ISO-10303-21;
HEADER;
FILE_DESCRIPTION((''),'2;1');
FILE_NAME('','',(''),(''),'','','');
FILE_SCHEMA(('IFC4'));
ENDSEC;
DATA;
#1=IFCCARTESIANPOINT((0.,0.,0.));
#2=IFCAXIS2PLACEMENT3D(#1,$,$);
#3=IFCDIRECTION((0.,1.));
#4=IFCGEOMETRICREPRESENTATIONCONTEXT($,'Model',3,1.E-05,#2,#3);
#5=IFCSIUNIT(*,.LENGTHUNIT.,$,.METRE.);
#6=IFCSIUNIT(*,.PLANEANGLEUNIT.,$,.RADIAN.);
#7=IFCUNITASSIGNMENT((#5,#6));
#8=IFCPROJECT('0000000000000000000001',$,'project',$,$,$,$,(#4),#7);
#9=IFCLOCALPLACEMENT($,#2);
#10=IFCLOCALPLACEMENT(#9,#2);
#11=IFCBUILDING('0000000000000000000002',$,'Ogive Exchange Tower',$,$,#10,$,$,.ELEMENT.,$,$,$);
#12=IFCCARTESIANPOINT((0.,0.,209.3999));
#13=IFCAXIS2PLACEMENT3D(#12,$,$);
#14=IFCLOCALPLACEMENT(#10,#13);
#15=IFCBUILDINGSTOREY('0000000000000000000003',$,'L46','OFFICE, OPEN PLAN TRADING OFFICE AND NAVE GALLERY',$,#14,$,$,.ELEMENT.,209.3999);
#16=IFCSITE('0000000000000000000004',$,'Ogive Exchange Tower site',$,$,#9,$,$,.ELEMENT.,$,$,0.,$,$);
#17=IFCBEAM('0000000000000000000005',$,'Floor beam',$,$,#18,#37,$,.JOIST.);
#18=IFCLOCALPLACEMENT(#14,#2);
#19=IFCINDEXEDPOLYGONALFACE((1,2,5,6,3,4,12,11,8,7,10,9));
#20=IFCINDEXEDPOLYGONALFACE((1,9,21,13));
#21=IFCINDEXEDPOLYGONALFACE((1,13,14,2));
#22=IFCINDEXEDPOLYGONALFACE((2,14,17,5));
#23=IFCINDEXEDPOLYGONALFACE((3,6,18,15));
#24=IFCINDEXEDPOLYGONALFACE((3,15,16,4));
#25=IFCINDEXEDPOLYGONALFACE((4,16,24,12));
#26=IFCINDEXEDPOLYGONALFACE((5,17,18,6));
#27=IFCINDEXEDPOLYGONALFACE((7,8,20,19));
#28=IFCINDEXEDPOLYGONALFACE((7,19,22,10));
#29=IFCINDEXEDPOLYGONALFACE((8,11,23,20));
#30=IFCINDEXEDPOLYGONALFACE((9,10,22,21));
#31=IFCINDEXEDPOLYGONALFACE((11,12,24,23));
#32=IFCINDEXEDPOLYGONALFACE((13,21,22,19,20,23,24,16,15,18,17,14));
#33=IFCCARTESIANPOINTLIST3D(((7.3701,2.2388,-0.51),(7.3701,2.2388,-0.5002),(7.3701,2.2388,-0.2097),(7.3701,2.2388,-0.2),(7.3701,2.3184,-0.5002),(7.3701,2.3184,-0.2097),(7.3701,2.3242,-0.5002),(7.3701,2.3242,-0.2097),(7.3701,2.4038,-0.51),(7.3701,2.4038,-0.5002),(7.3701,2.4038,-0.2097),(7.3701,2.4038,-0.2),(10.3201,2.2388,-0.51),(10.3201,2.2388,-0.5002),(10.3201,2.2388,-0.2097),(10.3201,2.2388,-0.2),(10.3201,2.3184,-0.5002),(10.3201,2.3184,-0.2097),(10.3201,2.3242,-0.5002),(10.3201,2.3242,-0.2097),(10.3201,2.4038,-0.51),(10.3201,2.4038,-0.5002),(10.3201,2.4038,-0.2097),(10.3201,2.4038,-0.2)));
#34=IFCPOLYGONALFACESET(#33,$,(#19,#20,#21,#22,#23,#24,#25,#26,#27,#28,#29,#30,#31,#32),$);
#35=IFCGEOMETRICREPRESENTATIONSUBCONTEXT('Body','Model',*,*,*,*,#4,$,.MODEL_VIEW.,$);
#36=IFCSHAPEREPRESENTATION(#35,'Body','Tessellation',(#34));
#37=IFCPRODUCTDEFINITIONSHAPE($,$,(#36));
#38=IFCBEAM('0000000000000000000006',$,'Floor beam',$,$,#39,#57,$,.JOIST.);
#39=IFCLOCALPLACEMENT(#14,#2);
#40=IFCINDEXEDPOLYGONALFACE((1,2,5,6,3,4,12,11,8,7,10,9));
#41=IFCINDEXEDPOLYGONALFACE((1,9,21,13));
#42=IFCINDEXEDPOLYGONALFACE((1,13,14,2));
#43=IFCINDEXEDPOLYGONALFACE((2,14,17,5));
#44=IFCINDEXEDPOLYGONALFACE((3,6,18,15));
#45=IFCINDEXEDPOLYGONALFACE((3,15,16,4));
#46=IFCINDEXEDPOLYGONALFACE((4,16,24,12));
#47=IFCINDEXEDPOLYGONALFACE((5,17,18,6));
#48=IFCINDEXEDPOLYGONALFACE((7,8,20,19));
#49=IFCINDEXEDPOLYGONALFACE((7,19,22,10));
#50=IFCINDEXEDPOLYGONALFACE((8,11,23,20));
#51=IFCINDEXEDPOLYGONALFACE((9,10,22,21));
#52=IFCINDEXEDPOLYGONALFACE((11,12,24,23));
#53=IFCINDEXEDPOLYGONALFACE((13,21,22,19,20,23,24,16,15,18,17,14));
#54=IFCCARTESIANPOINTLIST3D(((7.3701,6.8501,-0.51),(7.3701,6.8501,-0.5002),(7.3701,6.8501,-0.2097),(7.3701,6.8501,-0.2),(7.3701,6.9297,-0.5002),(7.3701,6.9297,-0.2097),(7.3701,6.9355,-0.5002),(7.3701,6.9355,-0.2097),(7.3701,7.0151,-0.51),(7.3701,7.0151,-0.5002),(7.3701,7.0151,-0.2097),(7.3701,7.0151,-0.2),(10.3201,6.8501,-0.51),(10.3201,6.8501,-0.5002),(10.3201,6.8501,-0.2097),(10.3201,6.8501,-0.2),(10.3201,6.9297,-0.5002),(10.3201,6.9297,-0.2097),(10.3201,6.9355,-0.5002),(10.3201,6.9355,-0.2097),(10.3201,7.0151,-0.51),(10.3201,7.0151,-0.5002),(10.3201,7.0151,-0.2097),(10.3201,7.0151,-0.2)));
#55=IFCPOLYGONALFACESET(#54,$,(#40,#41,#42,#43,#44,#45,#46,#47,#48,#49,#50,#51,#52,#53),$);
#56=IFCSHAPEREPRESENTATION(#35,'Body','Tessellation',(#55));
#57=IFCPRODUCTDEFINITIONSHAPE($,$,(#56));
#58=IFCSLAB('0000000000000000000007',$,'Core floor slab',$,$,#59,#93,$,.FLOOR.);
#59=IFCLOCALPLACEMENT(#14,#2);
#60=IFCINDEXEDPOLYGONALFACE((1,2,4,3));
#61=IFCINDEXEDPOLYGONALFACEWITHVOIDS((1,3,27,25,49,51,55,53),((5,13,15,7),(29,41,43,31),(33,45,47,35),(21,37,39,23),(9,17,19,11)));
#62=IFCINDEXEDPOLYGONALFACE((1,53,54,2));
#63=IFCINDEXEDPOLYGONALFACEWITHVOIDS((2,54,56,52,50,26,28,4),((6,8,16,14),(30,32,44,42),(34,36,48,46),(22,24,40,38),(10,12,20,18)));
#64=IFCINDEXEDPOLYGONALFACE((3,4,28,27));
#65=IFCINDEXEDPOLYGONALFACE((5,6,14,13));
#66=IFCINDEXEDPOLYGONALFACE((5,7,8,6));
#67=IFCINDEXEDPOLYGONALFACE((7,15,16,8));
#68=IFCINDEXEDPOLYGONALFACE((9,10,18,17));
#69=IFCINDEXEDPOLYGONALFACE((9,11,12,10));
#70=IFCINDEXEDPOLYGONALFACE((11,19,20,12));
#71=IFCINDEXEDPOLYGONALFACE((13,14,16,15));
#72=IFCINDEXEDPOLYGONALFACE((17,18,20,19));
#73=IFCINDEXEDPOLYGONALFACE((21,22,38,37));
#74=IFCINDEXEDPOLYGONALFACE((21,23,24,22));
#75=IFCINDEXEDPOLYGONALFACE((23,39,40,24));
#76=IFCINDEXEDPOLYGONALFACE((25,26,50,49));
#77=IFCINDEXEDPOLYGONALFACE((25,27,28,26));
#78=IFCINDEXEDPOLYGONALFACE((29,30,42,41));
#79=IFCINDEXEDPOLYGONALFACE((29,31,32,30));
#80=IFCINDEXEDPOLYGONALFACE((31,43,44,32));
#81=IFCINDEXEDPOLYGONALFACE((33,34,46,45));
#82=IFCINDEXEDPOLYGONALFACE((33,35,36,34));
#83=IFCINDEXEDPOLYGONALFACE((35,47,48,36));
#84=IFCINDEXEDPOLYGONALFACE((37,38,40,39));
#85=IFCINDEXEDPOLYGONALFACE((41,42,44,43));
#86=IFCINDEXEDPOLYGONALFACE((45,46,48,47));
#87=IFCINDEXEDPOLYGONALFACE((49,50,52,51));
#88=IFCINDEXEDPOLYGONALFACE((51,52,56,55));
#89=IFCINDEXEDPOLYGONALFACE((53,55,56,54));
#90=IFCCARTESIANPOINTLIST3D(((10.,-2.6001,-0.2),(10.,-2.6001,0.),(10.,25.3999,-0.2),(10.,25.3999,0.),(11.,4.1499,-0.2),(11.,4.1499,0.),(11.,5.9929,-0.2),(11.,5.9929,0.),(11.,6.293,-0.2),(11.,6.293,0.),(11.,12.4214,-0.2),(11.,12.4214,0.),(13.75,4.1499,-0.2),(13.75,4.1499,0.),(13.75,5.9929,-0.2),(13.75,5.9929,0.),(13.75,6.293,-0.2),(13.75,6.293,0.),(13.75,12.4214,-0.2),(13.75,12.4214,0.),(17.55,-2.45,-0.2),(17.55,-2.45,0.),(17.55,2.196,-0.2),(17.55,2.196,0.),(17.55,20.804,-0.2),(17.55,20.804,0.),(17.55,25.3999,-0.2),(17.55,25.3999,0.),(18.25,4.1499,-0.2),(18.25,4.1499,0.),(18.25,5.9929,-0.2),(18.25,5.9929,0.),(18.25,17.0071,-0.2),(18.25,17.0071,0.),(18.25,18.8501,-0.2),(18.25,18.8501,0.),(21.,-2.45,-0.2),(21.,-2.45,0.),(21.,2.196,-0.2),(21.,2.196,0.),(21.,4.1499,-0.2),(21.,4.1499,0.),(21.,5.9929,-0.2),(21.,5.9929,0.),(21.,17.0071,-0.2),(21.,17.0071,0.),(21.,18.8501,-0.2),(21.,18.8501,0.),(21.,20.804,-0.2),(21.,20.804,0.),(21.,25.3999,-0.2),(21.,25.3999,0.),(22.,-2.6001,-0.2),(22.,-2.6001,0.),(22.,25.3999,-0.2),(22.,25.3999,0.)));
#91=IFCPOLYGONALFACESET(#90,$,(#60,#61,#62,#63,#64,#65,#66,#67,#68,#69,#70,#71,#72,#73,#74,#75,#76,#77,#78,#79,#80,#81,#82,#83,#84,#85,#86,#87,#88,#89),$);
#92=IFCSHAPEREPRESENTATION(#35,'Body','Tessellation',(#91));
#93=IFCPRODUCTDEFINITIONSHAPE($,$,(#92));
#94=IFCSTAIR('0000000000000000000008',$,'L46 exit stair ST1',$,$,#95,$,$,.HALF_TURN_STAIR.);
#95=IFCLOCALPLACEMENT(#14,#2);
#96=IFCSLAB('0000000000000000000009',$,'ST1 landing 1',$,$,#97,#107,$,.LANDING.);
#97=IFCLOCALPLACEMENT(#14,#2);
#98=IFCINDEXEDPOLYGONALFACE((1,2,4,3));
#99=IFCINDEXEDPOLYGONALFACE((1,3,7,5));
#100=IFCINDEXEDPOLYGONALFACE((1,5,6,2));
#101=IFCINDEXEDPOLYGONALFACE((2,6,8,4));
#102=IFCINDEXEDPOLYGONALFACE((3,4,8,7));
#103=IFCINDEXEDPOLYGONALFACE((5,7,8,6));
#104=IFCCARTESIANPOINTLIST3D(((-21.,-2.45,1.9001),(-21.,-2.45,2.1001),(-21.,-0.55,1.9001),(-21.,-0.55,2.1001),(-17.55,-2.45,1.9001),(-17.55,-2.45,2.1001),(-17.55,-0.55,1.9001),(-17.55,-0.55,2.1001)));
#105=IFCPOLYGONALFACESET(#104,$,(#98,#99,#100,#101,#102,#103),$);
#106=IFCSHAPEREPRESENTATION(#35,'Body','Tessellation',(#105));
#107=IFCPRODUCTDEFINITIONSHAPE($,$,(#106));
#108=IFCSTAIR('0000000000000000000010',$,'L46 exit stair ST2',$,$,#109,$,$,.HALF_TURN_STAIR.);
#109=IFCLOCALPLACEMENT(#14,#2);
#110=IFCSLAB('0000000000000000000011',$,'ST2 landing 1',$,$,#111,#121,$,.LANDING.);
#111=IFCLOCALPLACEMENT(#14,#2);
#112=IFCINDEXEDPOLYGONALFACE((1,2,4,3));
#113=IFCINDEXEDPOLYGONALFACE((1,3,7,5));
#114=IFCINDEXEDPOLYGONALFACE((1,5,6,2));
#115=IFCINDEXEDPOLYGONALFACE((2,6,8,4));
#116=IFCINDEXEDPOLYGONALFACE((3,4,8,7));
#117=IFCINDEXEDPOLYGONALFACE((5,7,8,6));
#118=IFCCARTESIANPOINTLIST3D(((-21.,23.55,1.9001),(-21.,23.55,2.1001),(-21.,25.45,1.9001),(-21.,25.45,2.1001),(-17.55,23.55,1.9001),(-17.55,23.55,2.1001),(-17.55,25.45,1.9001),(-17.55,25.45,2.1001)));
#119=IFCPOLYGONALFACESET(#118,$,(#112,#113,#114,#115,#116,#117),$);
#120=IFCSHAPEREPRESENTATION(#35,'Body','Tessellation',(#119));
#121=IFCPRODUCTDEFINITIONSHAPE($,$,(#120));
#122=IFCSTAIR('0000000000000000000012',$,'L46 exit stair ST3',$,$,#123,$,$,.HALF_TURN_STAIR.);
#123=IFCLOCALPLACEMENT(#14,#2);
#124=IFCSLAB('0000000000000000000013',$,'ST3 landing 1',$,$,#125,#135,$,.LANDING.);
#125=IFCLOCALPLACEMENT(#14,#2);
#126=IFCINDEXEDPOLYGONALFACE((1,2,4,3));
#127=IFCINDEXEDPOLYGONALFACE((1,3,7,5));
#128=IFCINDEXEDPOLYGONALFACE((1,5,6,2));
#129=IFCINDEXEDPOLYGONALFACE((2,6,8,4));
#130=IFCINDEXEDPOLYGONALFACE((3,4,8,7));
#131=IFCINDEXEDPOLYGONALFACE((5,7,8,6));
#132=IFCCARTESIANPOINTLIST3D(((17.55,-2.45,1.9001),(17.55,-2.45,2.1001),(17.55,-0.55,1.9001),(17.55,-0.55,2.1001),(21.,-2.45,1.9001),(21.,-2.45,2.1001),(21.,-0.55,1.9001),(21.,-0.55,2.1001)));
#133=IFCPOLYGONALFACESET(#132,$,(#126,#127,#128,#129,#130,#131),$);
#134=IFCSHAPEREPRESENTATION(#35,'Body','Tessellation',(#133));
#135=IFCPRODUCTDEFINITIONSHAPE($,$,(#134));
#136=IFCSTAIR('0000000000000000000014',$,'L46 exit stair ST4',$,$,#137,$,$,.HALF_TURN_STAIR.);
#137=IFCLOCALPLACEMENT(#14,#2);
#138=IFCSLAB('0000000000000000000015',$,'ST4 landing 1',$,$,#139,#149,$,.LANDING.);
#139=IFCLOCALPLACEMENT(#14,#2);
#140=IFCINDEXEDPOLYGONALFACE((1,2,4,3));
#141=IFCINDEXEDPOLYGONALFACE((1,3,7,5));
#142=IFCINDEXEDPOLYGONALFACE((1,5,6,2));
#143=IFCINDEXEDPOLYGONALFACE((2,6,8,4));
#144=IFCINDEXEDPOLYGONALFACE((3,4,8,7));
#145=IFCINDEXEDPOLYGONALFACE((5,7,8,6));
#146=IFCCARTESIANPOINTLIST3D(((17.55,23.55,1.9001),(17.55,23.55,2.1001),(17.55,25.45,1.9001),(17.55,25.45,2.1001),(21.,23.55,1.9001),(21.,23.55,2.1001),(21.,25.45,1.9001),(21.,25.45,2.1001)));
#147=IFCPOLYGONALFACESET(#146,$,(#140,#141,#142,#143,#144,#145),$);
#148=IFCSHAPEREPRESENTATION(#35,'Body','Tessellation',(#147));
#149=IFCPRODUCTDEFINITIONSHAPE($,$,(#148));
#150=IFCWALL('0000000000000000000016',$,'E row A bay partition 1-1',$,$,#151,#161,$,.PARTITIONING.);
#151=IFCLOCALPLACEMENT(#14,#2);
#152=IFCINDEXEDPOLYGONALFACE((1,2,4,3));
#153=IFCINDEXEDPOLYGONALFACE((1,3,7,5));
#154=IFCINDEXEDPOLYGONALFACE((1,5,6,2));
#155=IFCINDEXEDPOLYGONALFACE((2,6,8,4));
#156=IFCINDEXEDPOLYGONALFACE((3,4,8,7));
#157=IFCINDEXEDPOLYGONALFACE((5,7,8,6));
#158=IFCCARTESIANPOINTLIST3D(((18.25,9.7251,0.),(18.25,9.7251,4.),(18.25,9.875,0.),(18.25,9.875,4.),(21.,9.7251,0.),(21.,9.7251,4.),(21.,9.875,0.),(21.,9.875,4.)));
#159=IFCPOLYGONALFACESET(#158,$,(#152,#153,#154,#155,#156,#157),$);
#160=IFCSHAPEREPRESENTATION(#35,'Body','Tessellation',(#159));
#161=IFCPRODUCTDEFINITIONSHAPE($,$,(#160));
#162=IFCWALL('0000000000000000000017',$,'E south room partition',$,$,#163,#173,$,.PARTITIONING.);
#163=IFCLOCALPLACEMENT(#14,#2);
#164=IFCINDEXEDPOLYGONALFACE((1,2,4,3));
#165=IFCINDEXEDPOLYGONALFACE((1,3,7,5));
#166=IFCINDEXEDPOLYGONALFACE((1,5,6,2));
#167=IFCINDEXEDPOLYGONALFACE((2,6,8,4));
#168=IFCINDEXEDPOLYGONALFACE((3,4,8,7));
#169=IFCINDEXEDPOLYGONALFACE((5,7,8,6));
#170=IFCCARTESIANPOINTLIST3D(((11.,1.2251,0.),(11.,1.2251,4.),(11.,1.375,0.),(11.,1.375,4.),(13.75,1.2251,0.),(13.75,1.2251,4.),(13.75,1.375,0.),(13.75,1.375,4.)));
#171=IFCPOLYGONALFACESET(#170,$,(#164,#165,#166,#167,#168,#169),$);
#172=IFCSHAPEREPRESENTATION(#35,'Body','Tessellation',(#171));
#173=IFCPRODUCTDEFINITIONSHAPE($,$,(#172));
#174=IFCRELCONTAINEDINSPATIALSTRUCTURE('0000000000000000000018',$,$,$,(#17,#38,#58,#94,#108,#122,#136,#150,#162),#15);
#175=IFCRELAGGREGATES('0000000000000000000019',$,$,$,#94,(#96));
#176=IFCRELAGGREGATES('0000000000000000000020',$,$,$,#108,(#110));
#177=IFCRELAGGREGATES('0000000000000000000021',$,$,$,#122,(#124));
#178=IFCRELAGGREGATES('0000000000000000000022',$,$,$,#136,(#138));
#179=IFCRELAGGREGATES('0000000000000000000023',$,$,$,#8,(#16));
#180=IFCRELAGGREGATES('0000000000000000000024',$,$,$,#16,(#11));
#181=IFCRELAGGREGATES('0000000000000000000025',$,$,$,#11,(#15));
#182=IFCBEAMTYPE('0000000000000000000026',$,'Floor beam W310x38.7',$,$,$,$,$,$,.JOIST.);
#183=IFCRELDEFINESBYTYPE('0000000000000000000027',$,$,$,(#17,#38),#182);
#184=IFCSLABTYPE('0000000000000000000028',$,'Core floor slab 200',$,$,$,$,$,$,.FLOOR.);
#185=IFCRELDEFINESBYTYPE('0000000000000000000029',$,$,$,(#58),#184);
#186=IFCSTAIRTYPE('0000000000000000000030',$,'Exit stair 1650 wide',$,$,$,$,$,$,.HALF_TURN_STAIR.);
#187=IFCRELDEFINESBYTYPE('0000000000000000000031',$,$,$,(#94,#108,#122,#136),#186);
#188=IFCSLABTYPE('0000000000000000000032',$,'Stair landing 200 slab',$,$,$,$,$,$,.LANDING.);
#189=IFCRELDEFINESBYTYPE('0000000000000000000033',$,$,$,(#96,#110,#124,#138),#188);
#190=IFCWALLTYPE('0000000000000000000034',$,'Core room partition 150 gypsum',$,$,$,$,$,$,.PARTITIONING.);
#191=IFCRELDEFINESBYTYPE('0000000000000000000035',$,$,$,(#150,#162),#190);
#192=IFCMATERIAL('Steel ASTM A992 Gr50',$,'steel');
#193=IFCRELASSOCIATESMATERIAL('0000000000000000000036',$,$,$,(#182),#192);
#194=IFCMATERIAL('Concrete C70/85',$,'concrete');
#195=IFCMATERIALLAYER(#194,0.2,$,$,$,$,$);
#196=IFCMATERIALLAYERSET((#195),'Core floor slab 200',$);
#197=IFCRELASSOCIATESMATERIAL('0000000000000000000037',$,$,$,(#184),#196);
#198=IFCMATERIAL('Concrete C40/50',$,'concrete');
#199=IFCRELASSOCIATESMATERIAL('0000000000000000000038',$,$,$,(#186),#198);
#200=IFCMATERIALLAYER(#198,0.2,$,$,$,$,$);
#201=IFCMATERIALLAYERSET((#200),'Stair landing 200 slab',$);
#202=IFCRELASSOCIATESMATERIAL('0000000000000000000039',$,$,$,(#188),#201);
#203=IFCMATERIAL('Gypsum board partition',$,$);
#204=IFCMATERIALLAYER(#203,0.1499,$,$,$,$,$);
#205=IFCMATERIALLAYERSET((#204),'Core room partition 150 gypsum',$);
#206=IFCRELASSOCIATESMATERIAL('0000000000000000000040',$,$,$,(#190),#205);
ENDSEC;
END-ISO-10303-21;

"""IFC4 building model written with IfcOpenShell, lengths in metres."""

from ifc_helpers import new_model, si_unit, direction, frame, frame_2d, origin, origin_2d, place, context, subcontext, project, spatial, polyline, rectangle, i_section, outline, extrude, material, layer, layer_set, material_profile, profile_set, type_object, element, aggregate, save


model = new_model("IFC4")

# Units and contexts
model_context = context("Model", 3, precision=1e-05, world=origin(), true_north=direction((0.0, 1.0)))
body_context = subcontext(model_context, "Body", "Model", "MODEL_VIEW")
ifc_project = project(units=[si_unit("LENGTHUNIT", "METRE"), si_unit("PLANEANGLEUNIT", "RADIAN")], contexts=[model_context])

# Site, building, storey
site_placement = place(None, origin())
site = spatial("IfcSite", under=ifc_project, at=site_placement, Name="Ogive Exchange Tower site", CompositionType="ELEMENT", RefElevation=0.0)
building_placement = place(site_placement, origin())
building = spatial("IfcBuilding", under=site, at=building_placement, Name="Ogive Exchange Tower", CompositionType="ELEMENT")
storey_placement = place(building_placement, frame((0.0, 0.0, 209.3999)))
storey = spatial("IfcBuildingStorey", under=building, at=storey_placement, Name="L46", Description="OFFICE, OPEN PLAN TRADING OFFICE AND NAVE GALLERY", CompositionType="ELEMENT", Elevation=209.3999)

# Beams
ifc_material_1 = material(Name="Steel ASTM A992 Gr50", Category="steel")
ifc_material_profile = material_profile(ifc_material_1, i_section(OverallWidth=0.165, OverallDepth=0.3101, WebThickness=0.0059, FlangeThickness=0.0098, at=origin_2d()), Name="W310x38.7")
ifc_profile_set = profile_set([ifc_material_profile], Name="Steel ASTM A992 Gr50")
beam_type = type_object("IfcBeamType", Name="Floor beam W310x38.7", PredefinedType="JOIST", material=ifc_profile_set)
for number, where, z_axis, x_axis, name in (
    (1, (7.3701, 2.3213, -0.355), (1.0, 0.0, 0.0), (0.0, 1.0, 0.0), "Floor beam"),
    (2, (7.3701, 6.9326, -0.355), (1.0, 0.0, 0.0), (0.0, 1.0, 0.0), "Floor beam"),
):
    element("IfcBeam", number, at=place(storey_placement, frame(where, z_axis=z_axis, x_axis=x_axis)), inside=storey, type_object=beam_type, Name=name, PredefinedType="JOIST", context=body_context, shape_type="SweptSolid", body=[
        extrude(i_section(OverallWidth=0.165, OverallDepth=0.3101, WebThickness=0.0059, FlangeThickness=0.0098, at=origin_2d()), origin(), (0.0, 0.0, 1.0), 2.95),
    ])

# Slab
ifc_material_2 = material(Name="Concrete C70/85", Category="concrete")
ifc_layer_1 = layer(ifc_material_2, 0.2)
ifc_layer_set_1 = layer_set([ifc_layer_1], Name="Core floor slab 200")
slab_type_1 = type_object("IfcSlabType", Name="Core floor slab 200", PredefinedType="FLOOR", material=ifc_layer_set_1)
slab_1_placement = place(storey_placement, frame((0.0, 0.0, -0.2)))
element("IfcSlab", 3, at=slab_1_placement, inside=storey, type_object=slab_type_1, Name="Core floor slab", PredefinedType="FLOOR", context=body_context, shape_type="SweptSolid", body=[
    extrude(outline(polyline([(22.0, 25.3999), (22.0, -2.6001), (10.0, -2.6001), (10.0, 25.3999), (17.55, 25.3999), (17.55, 20.804), (21.0, 20.804), (21.0, 25.3999), (22.0, 25.3999)]), holes=[polyline([(21.0, 2.196), (17.55, 2.196), (17.55, -2.45), (21.0, -2.45), (21.0, 2.196)]), polyline([(13.75, 5.9929), (11.0, 5.9929), (11.0, 4.1499), (13.75, 4.1499), (13.75, 5.9929)]), polyline([(21.0, 5.9929), (18.25, 5.9929), (18.25, 4.1499), (21.0, 4.1499), (21.0, 5.9929)]), polyline([(11.0, 12.4214), (11.0, 6.293), (13.75, 6.293), (13.75, 12.4214), (11.0, 12.4214)]), polyline([(21.0, 18.8501), (18.25, 18.8501), (18.25, 17.0071), (21.0, 17.0071), (21.0, 18.8501)])]), origin(), (0.0, 0.0, 1.0), 0.2),
])

# Stairs, slabs
ifc_material_3 = material(Name="Concrete C40/50", Category="concrete")
stair_type = type_object("IfcStairType", Name="Exit stair 1650 wide", PredefinedType="HALF_TURN_STAIR", material=ifc_material_3)
stair_1_placement = place(storey_placement, origin())
stair_1 = element("IfcStair", 4, at=stair_1_placement, inside=storey, type_object=stair_type, Name="L46 exit stair ST1", PredefinedType="HALF_TURN_STAIR")
ifc_layer_2 = layer(ifc_material_3, 0.2)
ifc_layer_set_2 = layer_set([ifc_layer_2], Name="Stair landing 200 slab")
slab_type_2 = type_object("IfcSlabType", Name="Stair landing 200 slab", PredefinedType="LANDING", material=ifc_layer_set_2)
slab_2_placement = place(storey_placement, frame((0.0, 0.0, 1.9001)))
slab_2 = element("IfcSlab", 5, at=slab_2_placement, type_object=slab_type_2, Name="ST1 landing 1", PredefinedType="LANDING", context=body_context, shape_type="SweptSolid", body=[
    extrude(outline(polyline([(-21.0, -0.55), (-21.0, -2.45), (-17.55, -2.45), (-17.55, -0.55), (-21.0, -0.55)])), origin(), (0.0, 0.0, 1.0), 0.2),
])
aggregate(stair_1, [slab_2])
stair_2_placement = place(storey_placement, origin())
stair_2 = element("IfcStair", 6, at=stair_2_placement, inside=storey, type_object=stair_type, Name="L46 exit stair ST2", PredefinedType="HALF_TURN_STAIR")
slab_3_placement = place(storey_placement, frame((0.0, 0.0, 1.9001)))
slab_3 = element("IfcSlab", 7, at=slab_3_placement, type_object=slab_type_2, Name="ST2 landing 1", PredefinedType="LANDING", context=body_context, shape_type="SweptSolid", body=[
    extrude(outline(polyline([(-17.55, 23.55), (-17.55, 25.45), (-21.0, 25.45), (-21.0, 23.55), (-17.55, 23.55)])), origin(), (0.0, 0.0, 1.0), 0.2),
])
aggregate(stair_2, [slab_3])
stair_3_placement = place(storey_placement, origin())
stair_3 = element("IfcStair", 8, at=stair_3_placement, inside=storey, type_object=stair_type, Name="L46 exit stair ST3", PredefinedType="HALF_TURN_STAIR")
slab_4_placement = place(storey_placement, frame((0.0, 0.0, 1.9001)))
slab_4 = element("IfcSlab", 9, at=slab_4_placement, type_object=slab_type_2, Name="ST3 landing 1", PredefinedType="LANDING", context=body_context, shape_type="SweptSolid", body=[
    extrude(outline(polyline([(17.55, -0.55), (17.55, -2.45), (21.0, -2.45), (21.0, -0.55), (17.55, -0.55)])), origin(), (0.0, 0.0, 1.0), 0.2),
])
aggregate(stair_3, [slab_4])
stair_4_placement = place(storey_placement, origin())
stair_4 = element("IfcStair", 10, at=stair_4_placement, inside=storey, type_object=stair_type, Name="L46 exit stair ST4", PredefinedType="HALF_TURN_STAIR")
slab_5_placement = place(storey_placement, frame((0.0, 0.0, 1.9001)))
slab_5 = element("IfcSlab", 11, at=slab_5_placement, type_object=slab_type_2, Name="ST4 landing 1", PredefinedType="LANDING", context=body_context, shape_type="SweptSolid", body=[
    extrude(outline(polyline([(21.0, 23.55), (21.0, 25.45), (17.55, 25.45), (17.55, 23.55), (21.0, 23.55)])), origin(), (0.0, 0.0, 1.0), 0.2),
])
aggregate(stair_4, [slab_5])

# Walls
ifc_material_4 = material(Name="Gypsum board partition")
ifc_layer_3 = layer(ifc_material_4, 0.1499)
ifc_layer_set_3 = layer_set([ifc_layer_3], Name="Core room partition 150 gypsum")
wall_type_1 = type_object("IfcWallType", Name="Core room partition 150 gypsum", PredefinedType="PARTITIONING", material=ifc_layer_set_3)
for number, where, z_axis, x_axis, name in (
    (12, (18.25, 9.8, 0.0), (0.0, 0.0, 1.0), (1.0, 0.0, 0.0), "E row A bay partition 1-1"),
    (13, (11.0, 1.3, 0.0), (0.0, 0.0, 1.0), (1.0, 0.0, 0.0), "E south room partition"),
):
    element("IfcWall", number, at=place(storey_placement, frame(where, z_axis=z_axis, x_axis=x_axis)), inside=storey, type_object=wall_type_1, Name=name, PredefinedType="PARTITIONING", context=body_context, shape_type="SweptSolid", body=[
        extrude(rectangle(XDim=2.75, YDim=0.1499, at=frame_2d((1.375, 0.0))), origin(), (0.0, 0.0, 1.0), 4.0),
    ])

save(model, "model.ifc")
